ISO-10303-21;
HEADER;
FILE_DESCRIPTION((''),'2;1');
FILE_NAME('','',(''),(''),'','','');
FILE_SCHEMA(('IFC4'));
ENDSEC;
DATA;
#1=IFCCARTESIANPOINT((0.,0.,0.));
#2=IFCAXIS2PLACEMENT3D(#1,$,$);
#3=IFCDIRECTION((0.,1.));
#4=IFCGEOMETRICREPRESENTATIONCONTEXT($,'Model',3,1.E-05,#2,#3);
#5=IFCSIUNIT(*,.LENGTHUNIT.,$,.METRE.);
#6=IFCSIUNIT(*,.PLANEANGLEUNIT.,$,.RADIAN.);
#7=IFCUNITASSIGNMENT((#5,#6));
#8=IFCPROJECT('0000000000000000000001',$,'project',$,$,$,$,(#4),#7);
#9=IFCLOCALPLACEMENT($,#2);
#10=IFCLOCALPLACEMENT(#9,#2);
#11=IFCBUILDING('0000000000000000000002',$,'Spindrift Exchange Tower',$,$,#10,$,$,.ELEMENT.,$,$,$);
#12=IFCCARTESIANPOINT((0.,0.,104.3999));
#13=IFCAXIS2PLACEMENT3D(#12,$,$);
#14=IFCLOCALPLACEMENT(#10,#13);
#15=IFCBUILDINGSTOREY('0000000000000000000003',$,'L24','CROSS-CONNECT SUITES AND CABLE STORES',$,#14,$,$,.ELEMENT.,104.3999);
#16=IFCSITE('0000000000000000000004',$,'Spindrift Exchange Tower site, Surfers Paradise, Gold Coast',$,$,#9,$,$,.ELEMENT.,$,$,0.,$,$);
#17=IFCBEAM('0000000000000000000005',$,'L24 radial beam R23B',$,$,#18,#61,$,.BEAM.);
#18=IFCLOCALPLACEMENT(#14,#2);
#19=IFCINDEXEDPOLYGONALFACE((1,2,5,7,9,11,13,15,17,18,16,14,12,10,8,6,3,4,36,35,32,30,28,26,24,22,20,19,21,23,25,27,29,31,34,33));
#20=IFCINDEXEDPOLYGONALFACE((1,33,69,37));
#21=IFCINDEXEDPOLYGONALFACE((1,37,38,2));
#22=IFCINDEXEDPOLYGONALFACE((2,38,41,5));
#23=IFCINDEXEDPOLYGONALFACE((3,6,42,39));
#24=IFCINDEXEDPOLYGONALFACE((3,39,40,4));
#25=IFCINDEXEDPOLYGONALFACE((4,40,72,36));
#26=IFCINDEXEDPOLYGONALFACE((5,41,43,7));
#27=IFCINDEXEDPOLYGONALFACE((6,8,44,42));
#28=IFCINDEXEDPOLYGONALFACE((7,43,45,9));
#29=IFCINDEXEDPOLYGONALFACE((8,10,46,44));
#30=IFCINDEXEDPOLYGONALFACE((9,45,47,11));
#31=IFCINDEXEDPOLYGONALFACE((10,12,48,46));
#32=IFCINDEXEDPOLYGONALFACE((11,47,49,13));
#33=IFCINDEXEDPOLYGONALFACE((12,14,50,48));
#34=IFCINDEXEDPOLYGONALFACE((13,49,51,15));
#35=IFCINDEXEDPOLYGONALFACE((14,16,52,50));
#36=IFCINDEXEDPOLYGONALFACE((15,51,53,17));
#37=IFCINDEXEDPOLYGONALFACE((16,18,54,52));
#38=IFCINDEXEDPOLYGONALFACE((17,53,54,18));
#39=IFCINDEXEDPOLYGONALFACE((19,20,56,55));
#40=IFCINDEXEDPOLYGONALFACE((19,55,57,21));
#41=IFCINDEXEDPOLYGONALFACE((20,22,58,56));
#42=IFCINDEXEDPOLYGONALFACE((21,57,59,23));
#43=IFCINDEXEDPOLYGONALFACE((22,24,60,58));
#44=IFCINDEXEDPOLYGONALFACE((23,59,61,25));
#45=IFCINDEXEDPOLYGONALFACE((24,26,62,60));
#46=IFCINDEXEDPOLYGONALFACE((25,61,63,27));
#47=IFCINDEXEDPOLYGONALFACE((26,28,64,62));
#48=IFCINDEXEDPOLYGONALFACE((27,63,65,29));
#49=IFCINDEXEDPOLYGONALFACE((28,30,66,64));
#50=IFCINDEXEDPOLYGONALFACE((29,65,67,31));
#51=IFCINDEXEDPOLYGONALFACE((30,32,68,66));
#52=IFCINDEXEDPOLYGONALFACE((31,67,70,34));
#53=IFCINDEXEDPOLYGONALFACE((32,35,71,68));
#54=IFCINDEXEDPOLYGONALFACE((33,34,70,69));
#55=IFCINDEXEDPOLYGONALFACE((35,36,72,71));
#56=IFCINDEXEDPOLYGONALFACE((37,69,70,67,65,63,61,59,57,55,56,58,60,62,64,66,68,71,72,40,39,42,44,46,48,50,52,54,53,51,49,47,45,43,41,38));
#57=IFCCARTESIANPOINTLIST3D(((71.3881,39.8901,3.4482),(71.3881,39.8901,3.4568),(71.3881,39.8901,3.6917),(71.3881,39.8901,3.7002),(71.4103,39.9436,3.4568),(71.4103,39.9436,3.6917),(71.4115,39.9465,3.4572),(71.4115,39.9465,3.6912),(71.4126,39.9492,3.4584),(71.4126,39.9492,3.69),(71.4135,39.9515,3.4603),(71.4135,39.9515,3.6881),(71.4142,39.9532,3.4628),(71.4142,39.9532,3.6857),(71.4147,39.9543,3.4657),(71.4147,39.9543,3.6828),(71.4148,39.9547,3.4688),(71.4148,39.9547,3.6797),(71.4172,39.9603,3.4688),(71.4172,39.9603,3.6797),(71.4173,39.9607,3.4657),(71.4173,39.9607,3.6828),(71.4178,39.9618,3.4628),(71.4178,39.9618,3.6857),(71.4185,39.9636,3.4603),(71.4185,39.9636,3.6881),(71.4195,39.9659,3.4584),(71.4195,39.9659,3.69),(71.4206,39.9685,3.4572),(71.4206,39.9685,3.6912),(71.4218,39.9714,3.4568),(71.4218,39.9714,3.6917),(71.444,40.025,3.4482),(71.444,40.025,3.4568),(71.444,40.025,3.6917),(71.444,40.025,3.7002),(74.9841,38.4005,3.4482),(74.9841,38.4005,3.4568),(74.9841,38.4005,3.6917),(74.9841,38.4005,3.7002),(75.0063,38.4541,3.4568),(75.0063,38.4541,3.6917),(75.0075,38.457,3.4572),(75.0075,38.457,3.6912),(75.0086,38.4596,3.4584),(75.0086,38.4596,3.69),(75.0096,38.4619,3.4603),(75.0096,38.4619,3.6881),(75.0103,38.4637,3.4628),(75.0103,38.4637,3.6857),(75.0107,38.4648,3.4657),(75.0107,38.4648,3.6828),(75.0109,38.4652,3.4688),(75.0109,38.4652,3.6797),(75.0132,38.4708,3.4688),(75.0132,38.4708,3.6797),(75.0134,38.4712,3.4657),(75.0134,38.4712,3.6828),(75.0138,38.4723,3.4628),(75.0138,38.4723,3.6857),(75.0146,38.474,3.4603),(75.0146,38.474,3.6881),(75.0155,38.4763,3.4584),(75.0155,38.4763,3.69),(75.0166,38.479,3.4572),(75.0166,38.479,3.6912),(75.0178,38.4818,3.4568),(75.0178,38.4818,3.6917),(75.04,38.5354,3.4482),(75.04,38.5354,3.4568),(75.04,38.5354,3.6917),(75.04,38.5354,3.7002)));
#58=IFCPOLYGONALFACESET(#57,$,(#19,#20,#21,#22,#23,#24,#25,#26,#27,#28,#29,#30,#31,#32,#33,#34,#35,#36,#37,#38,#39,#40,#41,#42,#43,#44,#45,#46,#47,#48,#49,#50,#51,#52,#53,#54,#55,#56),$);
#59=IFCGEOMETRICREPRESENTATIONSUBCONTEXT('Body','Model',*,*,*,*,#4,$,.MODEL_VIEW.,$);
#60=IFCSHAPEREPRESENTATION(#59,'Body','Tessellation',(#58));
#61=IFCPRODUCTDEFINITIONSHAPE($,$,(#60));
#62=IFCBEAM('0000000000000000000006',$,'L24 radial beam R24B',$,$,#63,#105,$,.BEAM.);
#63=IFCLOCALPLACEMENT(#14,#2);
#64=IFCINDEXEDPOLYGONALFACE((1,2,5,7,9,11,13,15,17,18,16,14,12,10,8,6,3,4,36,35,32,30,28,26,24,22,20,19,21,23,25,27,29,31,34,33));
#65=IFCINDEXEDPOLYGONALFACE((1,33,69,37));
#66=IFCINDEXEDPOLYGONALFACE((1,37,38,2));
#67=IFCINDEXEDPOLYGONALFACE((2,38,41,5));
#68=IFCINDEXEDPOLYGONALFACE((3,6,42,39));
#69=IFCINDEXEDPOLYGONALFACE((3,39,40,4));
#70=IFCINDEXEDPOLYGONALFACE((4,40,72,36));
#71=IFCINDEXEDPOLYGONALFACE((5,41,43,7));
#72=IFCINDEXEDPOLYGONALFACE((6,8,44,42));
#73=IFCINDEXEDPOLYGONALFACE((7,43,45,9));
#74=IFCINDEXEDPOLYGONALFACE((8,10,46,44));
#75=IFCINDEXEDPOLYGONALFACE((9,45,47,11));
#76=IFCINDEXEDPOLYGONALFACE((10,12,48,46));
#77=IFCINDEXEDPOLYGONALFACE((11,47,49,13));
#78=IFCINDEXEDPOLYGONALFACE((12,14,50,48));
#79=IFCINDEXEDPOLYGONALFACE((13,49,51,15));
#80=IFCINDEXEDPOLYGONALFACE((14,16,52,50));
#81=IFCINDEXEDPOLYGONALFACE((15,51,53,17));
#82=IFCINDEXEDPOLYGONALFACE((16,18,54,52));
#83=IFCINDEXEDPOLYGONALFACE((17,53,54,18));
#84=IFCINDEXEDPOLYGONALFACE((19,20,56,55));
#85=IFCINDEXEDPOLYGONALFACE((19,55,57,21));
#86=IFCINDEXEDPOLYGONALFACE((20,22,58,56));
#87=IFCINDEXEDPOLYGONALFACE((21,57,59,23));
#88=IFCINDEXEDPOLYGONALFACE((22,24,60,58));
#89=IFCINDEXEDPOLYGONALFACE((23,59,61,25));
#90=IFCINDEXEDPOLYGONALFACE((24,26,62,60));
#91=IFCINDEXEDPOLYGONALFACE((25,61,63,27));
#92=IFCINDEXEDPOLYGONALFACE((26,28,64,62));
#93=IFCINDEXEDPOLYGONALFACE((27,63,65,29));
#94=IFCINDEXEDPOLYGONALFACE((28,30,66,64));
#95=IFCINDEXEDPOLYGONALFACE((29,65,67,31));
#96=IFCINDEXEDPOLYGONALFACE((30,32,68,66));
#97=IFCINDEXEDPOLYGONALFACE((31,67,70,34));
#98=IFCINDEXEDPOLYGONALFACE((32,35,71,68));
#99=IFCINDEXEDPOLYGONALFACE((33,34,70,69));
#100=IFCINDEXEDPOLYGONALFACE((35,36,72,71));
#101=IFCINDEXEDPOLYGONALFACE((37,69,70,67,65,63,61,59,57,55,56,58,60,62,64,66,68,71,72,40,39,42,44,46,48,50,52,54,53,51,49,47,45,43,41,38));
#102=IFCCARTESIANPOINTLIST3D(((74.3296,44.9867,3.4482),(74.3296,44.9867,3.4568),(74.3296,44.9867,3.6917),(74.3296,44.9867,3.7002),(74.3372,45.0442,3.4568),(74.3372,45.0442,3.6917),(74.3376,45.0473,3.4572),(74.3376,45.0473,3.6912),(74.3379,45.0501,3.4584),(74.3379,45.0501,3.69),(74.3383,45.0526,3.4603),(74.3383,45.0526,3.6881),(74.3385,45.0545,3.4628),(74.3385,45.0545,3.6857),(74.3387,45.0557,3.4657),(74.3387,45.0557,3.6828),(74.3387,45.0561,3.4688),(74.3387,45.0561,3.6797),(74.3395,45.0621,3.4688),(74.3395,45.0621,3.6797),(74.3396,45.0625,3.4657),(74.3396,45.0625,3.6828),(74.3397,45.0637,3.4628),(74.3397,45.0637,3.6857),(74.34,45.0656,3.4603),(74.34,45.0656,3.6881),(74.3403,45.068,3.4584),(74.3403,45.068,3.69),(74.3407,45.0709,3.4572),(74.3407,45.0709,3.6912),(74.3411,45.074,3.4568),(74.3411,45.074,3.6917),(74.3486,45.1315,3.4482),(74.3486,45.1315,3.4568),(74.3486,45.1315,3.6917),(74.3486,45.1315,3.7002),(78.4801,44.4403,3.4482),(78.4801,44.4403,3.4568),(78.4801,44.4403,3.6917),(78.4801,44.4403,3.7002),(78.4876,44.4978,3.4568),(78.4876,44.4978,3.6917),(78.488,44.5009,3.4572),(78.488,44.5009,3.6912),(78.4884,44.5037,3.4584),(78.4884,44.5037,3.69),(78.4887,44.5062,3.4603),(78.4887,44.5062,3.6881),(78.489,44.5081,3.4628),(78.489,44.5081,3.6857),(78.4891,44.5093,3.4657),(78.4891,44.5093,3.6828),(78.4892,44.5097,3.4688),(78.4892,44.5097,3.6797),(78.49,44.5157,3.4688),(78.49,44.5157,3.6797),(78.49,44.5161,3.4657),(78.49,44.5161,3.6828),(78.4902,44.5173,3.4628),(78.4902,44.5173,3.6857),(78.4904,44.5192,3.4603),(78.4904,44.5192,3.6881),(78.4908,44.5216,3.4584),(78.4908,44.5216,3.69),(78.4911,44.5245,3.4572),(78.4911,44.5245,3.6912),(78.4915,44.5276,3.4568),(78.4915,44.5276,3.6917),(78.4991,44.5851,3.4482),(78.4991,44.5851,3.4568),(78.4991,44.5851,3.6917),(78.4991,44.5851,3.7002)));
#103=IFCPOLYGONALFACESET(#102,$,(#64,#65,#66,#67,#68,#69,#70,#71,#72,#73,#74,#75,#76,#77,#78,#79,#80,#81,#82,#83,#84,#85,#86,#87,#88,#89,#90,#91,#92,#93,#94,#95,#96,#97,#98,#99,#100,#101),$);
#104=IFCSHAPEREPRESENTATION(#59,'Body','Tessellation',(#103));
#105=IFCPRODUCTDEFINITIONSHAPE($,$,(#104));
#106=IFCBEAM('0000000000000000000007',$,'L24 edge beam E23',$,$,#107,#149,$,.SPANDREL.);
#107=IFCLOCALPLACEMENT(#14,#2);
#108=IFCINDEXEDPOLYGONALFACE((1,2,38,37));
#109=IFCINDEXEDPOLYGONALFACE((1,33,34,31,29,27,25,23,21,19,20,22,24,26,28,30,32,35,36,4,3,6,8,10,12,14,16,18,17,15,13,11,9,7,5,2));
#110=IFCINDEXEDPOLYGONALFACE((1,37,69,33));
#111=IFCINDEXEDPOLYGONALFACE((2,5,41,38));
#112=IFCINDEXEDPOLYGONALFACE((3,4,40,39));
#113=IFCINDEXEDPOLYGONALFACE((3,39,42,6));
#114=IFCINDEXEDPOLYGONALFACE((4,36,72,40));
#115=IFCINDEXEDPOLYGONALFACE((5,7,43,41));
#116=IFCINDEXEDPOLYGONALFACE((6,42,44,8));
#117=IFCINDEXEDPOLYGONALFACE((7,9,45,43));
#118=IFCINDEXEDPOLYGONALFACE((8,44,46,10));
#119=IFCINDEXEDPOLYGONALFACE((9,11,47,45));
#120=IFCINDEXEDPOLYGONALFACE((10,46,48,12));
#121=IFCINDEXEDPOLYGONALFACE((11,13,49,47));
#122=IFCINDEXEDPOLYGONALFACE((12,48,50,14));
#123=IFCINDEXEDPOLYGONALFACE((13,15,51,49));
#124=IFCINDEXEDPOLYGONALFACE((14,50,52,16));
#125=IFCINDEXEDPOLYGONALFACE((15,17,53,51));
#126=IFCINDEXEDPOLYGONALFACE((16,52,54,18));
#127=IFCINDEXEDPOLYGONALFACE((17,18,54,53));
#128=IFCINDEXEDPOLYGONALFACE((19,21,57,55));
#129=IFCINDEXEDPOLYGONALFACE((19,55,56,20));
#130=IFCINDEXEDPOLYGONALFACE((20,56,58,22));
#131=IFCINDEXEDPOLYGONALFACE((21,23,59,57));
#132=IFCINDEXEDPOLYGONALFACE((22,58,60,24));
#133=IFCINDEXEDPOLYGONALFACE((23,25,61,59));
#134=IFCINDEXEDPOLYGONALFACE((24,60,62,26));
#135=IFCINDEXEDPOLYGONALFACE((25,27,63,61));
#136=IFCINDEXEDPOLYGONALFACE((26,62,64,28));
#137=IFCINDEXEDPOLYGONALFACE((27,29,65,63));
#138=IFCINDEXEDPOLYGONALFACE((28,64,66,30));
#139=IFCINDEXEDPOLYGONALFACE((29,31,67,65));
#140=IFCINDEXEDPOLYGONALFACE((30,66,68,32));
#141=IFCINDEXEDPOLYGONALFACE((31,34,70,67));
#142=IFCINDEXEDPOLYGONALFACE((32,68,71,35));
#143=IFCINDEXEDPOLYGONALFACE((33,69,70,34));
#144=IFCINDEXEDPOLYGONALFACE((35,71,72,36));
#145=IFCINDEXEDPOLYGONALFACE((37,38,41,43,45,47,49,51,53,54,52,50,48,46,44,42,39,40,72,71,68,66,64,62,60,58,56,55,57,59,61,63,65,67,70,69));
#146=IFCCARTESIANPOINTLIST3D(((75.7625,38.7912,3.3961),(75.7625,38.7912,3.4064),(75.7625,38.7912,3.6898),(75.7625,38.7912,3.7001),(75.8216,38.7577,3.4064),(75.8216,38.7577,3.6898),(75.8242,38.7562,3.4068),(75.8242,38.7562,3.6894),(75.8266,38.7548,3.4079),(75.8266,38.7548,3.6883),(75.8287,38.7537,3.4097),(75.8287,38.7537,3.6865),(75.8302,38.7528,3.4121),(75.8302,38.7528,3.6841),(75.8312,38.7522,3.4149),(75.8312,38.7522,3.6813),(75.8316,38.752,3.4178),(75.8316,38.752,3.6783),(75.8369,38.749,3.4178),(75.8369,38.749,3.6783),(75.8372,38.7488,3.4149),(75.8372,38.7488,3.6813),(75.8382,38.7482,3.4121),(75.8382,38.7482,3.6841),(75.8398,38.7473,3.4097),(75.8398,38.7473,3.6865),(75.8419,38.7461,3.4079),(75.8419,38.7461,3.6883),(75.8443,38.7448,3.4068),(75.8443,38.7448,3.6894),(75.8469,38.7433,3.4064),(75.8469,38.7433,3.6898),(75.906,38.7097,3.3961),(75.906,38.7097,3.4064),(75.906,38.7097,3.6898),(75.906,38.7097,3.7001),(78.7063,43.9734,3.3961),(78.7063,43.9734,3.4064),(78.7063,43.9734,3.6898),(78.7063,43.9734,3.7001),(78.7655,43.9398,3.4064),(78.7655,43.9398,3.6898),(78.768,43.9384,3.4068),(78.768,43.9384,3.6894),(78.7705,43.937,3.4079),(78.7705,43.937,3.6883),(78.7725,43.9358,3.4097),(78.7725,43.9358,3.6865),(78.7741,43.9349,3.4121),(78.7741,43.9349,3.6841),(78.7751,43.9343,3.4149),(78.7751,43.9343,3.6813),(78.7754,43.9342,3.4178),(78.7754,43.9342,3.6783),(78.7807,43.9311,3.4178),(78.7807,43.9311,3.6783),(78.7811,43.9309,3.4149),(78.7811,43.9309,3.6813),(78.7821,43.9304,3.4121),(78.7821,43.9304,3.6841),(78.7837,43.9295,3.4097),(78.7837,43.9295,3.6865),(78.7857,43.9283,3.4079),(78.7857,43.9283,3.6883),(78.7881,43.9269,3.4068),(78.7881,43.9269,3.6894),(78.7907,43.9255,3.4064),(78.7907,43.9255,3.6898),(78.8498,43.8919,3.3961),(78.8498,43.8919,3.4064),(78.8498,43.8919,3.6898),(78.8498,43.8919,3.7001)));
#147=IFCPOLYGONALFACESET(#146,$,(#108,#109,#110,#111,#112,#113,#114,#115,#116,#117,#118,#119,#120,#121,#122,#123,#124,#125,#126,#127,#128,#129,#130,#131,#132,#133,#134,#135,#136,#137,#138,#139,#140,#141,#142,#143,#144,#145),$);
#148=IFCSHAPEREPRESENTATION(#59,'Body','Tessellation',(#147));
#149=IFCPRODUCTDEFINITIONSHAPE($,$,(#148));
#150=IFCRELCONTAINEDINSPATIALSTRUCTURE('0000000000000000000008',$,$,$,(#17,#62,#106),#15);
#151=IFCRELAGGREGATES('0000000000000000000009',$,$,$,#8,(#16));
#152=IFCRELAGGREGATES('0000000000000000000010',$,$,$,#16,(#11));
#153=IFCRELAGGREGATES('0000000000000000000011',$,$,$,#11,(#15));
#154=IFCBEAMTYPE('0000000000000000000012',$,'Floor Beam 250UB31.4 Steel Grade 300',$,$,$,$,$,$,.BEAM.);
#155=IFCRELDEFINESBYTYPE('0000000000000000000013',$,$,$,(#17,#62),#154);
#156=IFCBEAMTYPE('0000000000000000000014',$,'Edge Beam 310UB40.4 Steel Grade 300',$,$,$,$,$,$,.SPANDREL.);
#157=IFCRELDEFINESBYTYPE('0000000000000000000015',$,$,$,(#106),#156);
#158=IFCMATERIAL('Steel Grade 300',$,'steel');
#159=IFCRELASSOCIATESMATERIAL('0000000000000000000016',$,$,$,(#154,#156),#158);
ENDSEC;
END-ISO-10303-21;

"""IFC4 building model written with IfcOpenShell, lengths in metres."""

from ifc_helpers import new_model, si_unit, direction, frame, origin, origin_2d, place, context, subcontext, project, spatial, i_section, extrude, source, transform, mapped, material, material_profile, profile_set, type_object, element, save


model = new_model("IFC4")

# Units and contexts
model_context = context("Model", 3, precision=1e-05, world=origin(), true_north=direction((0.0, 1.0)))
body_context = subcontext(model_context, "Body", "Model", "MODEL_VIEW")
ifc_project = project(units=[si_unit("LENGTHUNIT", "METRE"), si_unit("PLANEANGLEUNIT", "RADIAN")], contexts=[model_context])

# Site, building, storey
site_placement = place(None, origin())
site = spatial("IfcSite", under=ifc_project, at=site_placement, Name="Spindrift Exchange Tower site, Surfers Paradise, Gold Coast", CompositionType="ELEMENT", RefElevation=0.0)
building_placement = place(site_placement, origin())
building = spatial("IfcBuilding", under=site, at=building_placement, Name="Spindrift Exchange Tower", CompositionType="ELEMENT")
storey_placement = place(building_placement, frame((0.0, 0.0, 104.3999)))
storey = spatial("IfcBuildingStorey", under=building, at=storey_placement, Name="L24", Description="CROSS-CONNECT SUITES AND CABLE STORES", CompositionType="ELEMENT", Elevation=104.3999)

# Beams
ifc_material_1 = material(Name="Steel Grade 300", Category="steel")
ifc_material_profile_1 = material_profile(ifc_material_1, i_section(OverallWidth=0.146, OverallDepth=0.252, WebThickness=0.0061, FlangeThickness=0.0085, FilletRadius=0.012, at=origin_2d()), Name="250UB31.4")
ifc_profile_set_1 = profile_set([ifc_material_profile_1], Name="Steel Grade 300")
beam_type_1 = type_object("IfcBeamType", Name="Floor Beam 250UB31.4 Steel Grade 300", PredefinedType="BEAM", material=ifc_profile_set_1)
shared_shape_1 = source(origin(), body_context, "Body", "SweptSolid", [
    extrude(i_section(OverallWidth=0.146, OverallDepth=0.252, WebThickness=0.0061, FlangeThickness=0.0085, FilletRadius=0.012, at=origin_2d()), origin(), (0.0, 0.0, 1.0), 3.8923),
])
beam_1_placement = place(storey_placement, frame((71.416, 39.9575, 3.5742), z_axis=(0.923878, -0.382686, 0.0), x_axis=(0.382686, 0.923878, 0.0)))
element("IfcBeam", 1, at=beam_1_placement, inside=storey, type_object=beam_type_1, Name="L24 radial beam R23B", PredefinedType="BEAM", context=body_context, shape_type="MappedRepresentation", body=[
    mapped(shared_shape_1, transform((0.0, 0.0, 0.0), scale=1.0)),
])
shared_shape_2 = source(origin(), body_context, "Body", "SweptSolid", [
    extrude(i_section(OverallWidth=0.146, OverallDepth=0.252, WebThickness=0.0061, FlangeThickness=0.0085, FilletRadius=0.012, at=origin_2d()), origin(), (0.0, 0.0, 1.0), 4.1863),
])
beam_2_placement = place(storey_placement, frame((74.3391, 45.0591, 3.5742), z_axis=(0.991446, -0.130521, 0.0), x_axis=(0.130521, 0.991446, 0.0)))
element("IfcBeam", 2, at=beam_2_placement, inside=storey, type_object=beam_type_1, Name="L24 radial beam R24B", PredefinedType="BEAM", context=body_context, shape_type="MappedRepresentation", body=[
    mapped(shared_shape_2, transform((0.0, 0.0, 0.0), scale=1.0)),
])
ifc_material_profile_2 = material_profile(ifc_material_1, i_section(OverallWidth=0.165, OverallDepth=0.304, WebThickness=0.0061, FlangeThickness=0.0103, FilletRadius=0.0115, at=origin_2d()), Name="310UB40.4")
ifc_profile_set_2 = profile_set([ifc_material_profile_2], Name="Steel Grade 300")
beam_type_2 = type_object("IfcBeamType", Name="Edge Beam 310UB40.4 Steel Grade 300", PredefinedType="SPANDREL", material=ifc_profile_set_2)
shared_shape_3 = source(origin(), body_context, "Body", "SweptSolid", [
    extrude(i_section(OverallWidth=0.165, OverallDepth=0.304, WebThickness=0.0061, FlangeThickness=0.0103, FilletRadius=0.0115, at=origin_2d()), origin(), (0.0, 0.0, 1.0), 5.96),
])
beam_3_placement = place(storey_placement, frame((75.8342, 38.7505, 3.5481), z_axis=(0.49394, 0.869496, 0.0), x_axis=(-0.869496, 0.49394, 0.0)))
element("IfcBeam", 3, at=beam_3_placement, inside=storey, type_object=beam_type_2, Name="L24 edge beam E23", PredefinedType="SPANDREL", context=body_context, shape_type="MappedRepresentation", body=[
    mapped(shared_shape_3, transform((0.0, 0.0, 0.0), scale=1.0)),
])

save(model, "model.ifc")
